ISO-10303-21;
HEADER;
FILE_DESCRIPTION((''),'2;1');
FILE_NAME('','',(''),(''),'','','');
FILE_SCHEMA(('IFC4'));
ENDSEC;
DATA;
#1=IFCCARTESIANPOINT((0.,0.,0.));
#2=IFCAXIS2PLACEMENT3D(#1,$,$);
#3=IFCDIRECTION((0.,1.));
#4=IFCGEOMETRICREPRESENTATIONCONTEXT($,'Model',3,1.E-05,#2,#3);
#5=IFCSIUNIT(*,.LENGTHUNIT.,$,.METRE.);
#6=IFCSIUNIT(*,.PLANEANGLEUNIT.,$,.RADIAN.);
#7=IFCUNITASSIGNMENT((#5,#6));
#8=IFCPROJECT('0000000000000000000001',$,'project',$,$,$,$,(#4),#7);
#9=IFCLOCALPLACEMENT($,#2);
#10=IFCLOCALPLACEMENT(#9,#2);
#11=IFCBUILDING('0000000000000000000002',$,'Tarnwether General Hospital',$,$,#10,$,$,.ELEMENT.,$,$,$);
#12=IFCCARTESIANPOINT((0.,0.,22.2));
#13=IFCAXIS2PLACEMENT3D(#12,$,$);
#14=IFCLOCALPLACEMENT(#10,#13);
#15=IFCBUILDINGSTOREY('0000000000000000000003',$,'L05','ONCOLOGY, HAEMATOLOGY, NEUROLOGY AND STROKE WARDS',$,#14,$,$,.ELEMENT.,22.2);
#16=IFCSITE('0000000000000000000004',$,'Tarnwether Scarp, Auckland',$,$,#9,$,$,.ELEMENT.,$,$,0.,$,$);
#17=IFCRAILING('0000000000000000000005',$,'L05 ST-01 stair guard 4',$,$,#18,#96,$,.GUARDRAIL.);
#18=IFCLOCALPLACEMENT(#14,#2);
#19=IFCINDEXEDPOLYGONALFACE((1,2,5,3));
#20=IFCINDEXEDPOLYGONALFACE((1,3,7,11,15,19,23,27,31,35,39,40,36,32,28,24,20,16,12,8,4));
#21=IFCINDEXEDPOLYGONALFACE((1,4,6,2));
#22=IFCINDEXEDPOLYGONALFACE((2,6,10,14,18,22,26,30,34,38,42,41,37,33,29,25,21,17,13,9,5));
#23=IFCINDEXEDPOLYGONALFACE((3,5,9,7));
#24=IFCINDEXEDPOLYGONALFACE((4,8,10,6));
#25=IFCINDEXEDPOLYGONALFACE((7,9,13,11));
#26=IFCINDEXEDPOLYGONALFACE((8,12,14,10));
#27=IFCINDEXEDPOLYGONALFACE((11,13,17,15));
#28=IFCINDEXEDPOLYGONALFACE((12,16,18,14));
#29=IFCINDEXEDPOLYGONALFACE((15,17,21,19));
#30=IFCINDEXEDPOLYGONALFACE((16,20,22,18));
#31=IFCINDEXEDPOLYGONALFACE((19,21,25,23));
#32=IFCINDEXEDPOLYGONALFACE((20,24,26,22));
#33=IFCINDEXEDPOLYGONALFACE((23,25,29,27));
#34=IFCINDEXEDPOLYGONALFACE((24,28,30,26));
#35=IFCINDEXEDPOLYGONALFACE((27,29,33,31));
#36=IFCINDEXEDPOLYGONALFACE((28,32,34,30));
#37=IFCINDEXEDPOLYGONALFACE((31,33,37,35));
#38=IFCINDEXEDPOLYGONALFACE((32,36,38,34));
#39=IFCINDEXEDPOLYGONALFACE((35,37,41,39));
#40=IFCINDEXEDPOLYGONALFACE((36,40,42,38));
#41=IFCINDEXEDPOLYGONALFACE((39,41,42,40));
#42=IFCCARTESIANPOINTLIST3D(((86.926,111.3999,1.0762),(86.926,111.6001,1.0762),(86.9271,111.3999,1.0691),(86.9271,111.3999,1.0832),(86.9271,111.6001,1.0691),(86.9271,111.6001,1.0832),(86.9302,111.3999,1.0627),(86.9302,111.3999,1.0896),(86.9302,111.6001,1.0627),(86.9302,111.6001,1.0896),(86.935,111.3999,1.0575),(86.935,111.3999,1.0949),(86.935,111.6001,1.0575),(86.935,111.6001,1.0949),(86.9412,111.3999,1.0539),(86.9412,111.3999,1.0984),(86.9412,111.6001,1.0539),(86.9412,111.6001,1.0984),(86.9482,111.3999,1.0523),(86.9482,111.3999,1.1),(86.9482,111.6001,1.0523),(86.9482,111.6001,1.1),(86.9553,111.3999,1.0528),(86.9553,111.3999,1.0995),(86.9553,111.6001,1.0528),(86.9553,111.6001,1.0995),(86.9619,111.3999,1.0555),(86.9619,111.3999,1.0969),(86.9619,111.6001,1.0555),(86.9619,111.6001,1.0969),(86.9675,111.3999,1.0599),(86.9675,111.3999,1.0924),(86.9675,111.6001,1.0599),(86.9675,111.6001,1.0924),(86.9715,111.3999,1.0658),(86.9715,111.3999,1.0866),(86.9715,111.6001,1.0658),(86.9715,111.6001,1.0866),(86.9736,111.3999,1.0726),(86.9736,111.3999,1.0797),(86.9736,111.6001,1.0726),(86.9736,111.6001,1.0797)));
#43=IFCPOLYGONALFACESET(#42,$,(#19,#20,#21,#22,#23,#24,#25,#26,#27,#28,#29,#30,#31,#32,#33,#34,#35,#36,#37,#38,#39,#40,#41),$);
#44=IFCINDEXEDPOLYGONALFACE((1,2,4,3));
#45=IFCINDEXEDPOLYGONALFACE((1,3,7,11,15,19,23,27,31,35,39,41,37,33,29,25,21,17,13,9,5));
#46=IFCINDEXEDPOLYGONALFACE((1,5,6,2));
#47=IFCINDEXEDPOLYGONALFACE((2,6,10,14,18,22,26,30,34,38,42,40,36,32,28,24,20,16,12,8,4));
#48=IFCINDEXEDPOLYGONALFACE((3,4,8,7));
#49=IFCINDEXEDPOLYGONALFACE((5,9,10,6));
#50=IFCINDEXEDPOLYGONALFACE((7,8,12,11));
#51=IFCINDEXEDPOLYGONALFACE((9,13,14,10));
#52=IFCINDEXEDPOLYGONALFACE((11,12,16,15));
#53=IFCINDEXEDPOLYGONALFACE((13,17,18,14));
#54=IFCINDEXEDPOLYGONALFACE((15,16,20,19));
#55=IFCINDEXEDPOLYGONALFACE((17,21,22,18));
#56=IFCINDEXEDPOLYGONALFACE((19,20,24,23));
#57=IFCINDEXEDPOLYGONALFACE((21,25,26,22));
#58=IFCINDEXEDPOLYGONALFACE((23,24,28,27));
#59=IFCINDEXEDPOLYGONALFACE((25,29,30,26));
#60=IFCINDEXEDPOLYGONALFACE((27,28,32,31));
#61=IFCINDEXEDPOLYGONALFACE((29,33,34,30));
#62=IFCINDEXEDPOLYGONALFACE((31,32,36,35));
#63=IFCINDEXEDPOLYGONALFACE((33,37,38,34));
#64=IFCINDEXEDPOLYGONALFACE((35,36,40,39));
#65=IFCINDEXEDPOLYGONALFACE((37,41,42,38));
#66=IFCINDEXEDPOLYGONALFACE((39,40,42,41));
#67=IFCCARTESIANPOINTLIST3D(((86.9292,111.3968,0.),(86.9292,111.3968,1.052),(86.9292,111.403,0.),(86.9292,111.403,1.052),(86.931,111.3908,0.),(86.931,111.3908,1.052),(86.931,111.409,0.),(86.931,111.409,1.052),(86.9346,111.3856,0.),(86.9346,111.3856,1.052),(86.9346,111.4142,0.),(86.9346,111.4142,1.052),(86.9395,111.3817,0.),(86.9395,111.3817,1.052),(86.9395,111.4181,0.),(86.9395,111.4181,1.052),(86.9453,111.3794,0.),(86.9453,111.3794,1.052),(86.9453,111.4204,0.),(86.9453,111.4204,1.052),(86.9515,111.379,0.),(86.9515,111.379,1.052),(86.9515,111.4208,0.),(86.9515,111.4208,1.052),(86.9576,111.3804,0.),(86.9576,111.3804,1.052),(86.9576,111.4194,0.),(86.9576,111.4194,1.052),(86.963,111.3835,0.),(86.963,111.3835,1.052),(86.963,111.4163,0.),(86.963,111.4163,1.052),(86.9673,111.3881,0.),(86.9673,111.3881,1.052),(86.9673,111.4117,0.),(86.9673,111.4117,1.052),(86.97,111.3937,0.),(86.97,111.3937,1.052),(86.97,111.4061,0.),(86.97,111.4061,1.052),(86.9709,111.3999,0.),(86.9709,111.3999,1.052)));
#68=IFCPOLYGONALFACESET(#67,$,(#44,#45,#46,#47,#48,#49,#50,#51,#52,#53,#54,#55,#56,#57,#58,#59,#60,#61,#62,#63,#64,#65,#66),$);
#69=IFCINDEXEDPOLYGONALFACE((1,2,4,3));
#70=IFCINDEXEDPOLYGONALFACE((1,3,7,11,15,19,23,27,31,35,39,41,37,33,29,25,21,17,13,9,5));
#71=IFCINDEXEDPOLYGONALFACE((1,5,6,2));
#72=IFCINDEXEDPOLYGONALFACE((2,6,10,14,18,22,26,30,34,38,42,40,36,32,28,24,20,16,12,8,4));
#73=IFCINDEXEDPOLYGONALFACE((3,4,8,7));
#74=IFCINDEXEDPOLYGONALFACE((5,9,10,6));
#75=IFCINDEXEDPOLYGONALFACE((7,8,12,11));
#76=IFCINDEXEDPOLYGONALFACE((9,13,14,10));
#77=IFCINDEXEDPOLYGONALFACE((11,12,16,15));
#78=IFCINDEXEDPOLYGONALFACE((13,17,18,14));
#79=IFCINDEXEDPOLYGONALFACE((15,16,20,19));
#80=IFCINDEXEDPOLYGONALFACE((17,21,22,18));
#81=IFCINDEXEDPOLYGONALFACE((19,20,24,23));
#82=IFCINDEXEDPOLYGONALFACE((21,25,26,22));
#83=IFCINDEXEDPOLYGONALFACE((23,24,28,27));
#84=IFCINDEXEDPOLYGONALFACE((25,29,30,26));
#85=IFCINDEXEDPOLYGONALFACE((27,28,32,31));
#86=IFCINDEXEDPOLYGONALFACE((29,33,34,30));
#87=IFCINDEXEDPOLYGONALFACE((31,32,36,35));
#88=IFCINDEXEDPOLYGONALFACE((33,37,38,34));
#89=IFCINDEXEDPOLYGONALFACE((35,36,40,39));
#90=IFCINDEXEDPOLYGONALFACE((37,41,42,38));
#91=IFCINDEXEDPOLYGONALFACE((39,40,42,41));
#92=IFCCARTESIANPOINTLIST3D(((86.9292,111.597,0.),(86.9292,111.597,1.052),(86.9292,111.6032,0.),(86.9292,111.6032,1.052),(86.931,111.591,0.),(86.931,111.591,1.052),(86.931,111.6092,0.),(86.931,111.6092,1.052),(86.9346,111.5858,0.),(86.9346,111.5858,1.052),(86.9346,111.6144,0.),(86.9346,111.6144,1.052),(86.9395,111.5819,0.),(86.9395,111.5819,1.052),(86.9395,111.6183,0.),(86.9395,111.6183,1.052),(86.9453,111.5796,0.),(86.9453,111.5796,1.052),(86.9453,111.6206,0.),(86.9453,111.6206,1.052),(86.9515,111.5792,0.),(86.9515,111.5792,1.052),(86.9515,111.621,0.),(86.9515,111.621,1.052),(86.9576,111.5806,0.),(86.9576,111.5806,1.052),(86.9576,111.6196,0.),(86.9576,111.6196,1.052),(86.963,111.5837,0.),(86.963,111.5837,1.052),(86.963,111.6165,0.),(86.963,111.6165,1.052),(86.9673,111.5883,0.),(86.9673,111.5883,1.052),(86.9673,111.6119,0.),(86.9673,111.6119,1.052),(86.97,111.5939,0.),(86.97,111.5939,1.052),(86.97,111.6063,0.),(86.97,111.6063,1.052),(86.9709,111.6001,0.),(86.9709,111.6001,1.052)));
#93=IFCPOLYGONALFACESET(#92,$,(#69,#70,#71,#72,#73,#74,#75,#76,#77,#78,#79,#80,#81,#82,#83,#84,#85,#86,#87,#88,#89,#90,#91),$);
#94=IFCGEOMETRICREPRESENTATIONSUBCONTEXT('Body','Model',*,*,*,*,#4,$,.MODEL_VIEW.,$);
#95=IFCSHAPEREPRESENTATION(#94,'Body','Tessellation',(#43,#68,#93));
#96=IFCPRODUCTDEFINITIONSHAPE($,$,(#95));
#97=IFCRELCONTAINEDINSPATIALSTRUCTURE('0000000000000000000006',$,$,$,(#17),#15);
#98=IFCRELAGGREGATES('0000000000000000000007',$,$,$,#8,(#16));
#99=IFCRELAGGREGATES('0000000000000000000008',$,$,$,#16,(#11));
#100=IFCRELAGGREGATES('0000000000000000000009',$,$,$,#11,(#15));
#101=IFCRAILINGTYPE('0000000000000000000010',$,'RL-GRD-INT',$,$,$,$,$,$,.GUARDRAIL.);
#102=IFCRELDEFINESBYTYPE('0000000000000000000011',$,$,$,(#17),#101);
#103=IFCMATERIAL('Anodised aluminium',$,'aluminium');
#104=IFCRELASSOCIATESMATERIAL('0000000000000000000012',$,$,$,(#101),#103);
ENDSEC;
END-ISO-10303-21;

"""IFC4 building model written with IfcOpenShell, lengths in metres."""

from ifc_helpers import new_model, si_unit, direction, frame, origin, origin_2d, place, context, subcontext, project, spatial, circle, extrude, material, type_object, element, save


model = new_model("IFC4")

# Units and contexts
model_context = context("Model", 3, precision=1e-05, world=origin(), true_north=direction((0.0, 1.0)))
body_context = subcontext(model_context, "Body", "Model", "MODEL_VIEW")
ifc_project = project(units=[si_unit("LENGTHUNIT", "METRE"), si_unit("PLANEANGLEUNIT", "RADIAN")], contexts=[model_context])

# Site, building, storey
site_placement = place(None, origin())
site = spatial("IfcSite", under=ifc_project, at=site_placement, Name="Tarnwether Scarp, Auckland", CompositionType="ELEMENT", RefElevation=0.0)
building_placement = place(site_placement, origin())
building = spatial("IfcBuilding", under=site, at=building_placement, Name="Tarnwether General Hospital", CompositionType="ELEMENT")
storey_placement = place(building_placement, frame((0.0, 0.0, 22.2)))
storey = spatial("IfcBuildingStorey", under=building, at=storey_placement, Name="L05", Description="ONCOLOGY, HAEMATOLOGY, NEUROLOGY AND STROKE WARDS", CompositionType="ELEMENT", Elevation=22.2)

# Railing
ifc_material_1 = material(Name="Anodised aluminium", Category="aluminium")
railing_type = type_object("IfcRailingType", Name="RL-GRD-INT", PredefinedType="GUARDRAIL", material=ifc_material_1)
railing_placement = place(storey_placement, frame((86.95, 111.3999, 0.0)))
element("IfcRailing", 1, at=railing_placement, inside=storey, type_object=railing_type, Name="L05 ST-01 stair guard 4", PredefinedType="GUARDRAIL", context=body_context, shape_type="SweptSolid", body=[
    extrude(circle(Radius=0.0239, at=origin_2d()), frame((0.0, 0.0, 1.0762), z_axis=(0.0, 1.0, 0.0), x_axis=(-1.0, 0.0, 0.0)), (0.0, 0.0, 1.0), 0.2002),
    extrude(circle(Radius=0.021, at=origin_2d()), origin(), (0.0, 0.0, 1.0), 1.052),
    extrude(circle(Radius=0.021, at=origin_2d()), frame((0.0, 0.2002, 0.0)), (0.0, 0.0, 1.0), 1.052),
])

save(model, "model.ifc")
